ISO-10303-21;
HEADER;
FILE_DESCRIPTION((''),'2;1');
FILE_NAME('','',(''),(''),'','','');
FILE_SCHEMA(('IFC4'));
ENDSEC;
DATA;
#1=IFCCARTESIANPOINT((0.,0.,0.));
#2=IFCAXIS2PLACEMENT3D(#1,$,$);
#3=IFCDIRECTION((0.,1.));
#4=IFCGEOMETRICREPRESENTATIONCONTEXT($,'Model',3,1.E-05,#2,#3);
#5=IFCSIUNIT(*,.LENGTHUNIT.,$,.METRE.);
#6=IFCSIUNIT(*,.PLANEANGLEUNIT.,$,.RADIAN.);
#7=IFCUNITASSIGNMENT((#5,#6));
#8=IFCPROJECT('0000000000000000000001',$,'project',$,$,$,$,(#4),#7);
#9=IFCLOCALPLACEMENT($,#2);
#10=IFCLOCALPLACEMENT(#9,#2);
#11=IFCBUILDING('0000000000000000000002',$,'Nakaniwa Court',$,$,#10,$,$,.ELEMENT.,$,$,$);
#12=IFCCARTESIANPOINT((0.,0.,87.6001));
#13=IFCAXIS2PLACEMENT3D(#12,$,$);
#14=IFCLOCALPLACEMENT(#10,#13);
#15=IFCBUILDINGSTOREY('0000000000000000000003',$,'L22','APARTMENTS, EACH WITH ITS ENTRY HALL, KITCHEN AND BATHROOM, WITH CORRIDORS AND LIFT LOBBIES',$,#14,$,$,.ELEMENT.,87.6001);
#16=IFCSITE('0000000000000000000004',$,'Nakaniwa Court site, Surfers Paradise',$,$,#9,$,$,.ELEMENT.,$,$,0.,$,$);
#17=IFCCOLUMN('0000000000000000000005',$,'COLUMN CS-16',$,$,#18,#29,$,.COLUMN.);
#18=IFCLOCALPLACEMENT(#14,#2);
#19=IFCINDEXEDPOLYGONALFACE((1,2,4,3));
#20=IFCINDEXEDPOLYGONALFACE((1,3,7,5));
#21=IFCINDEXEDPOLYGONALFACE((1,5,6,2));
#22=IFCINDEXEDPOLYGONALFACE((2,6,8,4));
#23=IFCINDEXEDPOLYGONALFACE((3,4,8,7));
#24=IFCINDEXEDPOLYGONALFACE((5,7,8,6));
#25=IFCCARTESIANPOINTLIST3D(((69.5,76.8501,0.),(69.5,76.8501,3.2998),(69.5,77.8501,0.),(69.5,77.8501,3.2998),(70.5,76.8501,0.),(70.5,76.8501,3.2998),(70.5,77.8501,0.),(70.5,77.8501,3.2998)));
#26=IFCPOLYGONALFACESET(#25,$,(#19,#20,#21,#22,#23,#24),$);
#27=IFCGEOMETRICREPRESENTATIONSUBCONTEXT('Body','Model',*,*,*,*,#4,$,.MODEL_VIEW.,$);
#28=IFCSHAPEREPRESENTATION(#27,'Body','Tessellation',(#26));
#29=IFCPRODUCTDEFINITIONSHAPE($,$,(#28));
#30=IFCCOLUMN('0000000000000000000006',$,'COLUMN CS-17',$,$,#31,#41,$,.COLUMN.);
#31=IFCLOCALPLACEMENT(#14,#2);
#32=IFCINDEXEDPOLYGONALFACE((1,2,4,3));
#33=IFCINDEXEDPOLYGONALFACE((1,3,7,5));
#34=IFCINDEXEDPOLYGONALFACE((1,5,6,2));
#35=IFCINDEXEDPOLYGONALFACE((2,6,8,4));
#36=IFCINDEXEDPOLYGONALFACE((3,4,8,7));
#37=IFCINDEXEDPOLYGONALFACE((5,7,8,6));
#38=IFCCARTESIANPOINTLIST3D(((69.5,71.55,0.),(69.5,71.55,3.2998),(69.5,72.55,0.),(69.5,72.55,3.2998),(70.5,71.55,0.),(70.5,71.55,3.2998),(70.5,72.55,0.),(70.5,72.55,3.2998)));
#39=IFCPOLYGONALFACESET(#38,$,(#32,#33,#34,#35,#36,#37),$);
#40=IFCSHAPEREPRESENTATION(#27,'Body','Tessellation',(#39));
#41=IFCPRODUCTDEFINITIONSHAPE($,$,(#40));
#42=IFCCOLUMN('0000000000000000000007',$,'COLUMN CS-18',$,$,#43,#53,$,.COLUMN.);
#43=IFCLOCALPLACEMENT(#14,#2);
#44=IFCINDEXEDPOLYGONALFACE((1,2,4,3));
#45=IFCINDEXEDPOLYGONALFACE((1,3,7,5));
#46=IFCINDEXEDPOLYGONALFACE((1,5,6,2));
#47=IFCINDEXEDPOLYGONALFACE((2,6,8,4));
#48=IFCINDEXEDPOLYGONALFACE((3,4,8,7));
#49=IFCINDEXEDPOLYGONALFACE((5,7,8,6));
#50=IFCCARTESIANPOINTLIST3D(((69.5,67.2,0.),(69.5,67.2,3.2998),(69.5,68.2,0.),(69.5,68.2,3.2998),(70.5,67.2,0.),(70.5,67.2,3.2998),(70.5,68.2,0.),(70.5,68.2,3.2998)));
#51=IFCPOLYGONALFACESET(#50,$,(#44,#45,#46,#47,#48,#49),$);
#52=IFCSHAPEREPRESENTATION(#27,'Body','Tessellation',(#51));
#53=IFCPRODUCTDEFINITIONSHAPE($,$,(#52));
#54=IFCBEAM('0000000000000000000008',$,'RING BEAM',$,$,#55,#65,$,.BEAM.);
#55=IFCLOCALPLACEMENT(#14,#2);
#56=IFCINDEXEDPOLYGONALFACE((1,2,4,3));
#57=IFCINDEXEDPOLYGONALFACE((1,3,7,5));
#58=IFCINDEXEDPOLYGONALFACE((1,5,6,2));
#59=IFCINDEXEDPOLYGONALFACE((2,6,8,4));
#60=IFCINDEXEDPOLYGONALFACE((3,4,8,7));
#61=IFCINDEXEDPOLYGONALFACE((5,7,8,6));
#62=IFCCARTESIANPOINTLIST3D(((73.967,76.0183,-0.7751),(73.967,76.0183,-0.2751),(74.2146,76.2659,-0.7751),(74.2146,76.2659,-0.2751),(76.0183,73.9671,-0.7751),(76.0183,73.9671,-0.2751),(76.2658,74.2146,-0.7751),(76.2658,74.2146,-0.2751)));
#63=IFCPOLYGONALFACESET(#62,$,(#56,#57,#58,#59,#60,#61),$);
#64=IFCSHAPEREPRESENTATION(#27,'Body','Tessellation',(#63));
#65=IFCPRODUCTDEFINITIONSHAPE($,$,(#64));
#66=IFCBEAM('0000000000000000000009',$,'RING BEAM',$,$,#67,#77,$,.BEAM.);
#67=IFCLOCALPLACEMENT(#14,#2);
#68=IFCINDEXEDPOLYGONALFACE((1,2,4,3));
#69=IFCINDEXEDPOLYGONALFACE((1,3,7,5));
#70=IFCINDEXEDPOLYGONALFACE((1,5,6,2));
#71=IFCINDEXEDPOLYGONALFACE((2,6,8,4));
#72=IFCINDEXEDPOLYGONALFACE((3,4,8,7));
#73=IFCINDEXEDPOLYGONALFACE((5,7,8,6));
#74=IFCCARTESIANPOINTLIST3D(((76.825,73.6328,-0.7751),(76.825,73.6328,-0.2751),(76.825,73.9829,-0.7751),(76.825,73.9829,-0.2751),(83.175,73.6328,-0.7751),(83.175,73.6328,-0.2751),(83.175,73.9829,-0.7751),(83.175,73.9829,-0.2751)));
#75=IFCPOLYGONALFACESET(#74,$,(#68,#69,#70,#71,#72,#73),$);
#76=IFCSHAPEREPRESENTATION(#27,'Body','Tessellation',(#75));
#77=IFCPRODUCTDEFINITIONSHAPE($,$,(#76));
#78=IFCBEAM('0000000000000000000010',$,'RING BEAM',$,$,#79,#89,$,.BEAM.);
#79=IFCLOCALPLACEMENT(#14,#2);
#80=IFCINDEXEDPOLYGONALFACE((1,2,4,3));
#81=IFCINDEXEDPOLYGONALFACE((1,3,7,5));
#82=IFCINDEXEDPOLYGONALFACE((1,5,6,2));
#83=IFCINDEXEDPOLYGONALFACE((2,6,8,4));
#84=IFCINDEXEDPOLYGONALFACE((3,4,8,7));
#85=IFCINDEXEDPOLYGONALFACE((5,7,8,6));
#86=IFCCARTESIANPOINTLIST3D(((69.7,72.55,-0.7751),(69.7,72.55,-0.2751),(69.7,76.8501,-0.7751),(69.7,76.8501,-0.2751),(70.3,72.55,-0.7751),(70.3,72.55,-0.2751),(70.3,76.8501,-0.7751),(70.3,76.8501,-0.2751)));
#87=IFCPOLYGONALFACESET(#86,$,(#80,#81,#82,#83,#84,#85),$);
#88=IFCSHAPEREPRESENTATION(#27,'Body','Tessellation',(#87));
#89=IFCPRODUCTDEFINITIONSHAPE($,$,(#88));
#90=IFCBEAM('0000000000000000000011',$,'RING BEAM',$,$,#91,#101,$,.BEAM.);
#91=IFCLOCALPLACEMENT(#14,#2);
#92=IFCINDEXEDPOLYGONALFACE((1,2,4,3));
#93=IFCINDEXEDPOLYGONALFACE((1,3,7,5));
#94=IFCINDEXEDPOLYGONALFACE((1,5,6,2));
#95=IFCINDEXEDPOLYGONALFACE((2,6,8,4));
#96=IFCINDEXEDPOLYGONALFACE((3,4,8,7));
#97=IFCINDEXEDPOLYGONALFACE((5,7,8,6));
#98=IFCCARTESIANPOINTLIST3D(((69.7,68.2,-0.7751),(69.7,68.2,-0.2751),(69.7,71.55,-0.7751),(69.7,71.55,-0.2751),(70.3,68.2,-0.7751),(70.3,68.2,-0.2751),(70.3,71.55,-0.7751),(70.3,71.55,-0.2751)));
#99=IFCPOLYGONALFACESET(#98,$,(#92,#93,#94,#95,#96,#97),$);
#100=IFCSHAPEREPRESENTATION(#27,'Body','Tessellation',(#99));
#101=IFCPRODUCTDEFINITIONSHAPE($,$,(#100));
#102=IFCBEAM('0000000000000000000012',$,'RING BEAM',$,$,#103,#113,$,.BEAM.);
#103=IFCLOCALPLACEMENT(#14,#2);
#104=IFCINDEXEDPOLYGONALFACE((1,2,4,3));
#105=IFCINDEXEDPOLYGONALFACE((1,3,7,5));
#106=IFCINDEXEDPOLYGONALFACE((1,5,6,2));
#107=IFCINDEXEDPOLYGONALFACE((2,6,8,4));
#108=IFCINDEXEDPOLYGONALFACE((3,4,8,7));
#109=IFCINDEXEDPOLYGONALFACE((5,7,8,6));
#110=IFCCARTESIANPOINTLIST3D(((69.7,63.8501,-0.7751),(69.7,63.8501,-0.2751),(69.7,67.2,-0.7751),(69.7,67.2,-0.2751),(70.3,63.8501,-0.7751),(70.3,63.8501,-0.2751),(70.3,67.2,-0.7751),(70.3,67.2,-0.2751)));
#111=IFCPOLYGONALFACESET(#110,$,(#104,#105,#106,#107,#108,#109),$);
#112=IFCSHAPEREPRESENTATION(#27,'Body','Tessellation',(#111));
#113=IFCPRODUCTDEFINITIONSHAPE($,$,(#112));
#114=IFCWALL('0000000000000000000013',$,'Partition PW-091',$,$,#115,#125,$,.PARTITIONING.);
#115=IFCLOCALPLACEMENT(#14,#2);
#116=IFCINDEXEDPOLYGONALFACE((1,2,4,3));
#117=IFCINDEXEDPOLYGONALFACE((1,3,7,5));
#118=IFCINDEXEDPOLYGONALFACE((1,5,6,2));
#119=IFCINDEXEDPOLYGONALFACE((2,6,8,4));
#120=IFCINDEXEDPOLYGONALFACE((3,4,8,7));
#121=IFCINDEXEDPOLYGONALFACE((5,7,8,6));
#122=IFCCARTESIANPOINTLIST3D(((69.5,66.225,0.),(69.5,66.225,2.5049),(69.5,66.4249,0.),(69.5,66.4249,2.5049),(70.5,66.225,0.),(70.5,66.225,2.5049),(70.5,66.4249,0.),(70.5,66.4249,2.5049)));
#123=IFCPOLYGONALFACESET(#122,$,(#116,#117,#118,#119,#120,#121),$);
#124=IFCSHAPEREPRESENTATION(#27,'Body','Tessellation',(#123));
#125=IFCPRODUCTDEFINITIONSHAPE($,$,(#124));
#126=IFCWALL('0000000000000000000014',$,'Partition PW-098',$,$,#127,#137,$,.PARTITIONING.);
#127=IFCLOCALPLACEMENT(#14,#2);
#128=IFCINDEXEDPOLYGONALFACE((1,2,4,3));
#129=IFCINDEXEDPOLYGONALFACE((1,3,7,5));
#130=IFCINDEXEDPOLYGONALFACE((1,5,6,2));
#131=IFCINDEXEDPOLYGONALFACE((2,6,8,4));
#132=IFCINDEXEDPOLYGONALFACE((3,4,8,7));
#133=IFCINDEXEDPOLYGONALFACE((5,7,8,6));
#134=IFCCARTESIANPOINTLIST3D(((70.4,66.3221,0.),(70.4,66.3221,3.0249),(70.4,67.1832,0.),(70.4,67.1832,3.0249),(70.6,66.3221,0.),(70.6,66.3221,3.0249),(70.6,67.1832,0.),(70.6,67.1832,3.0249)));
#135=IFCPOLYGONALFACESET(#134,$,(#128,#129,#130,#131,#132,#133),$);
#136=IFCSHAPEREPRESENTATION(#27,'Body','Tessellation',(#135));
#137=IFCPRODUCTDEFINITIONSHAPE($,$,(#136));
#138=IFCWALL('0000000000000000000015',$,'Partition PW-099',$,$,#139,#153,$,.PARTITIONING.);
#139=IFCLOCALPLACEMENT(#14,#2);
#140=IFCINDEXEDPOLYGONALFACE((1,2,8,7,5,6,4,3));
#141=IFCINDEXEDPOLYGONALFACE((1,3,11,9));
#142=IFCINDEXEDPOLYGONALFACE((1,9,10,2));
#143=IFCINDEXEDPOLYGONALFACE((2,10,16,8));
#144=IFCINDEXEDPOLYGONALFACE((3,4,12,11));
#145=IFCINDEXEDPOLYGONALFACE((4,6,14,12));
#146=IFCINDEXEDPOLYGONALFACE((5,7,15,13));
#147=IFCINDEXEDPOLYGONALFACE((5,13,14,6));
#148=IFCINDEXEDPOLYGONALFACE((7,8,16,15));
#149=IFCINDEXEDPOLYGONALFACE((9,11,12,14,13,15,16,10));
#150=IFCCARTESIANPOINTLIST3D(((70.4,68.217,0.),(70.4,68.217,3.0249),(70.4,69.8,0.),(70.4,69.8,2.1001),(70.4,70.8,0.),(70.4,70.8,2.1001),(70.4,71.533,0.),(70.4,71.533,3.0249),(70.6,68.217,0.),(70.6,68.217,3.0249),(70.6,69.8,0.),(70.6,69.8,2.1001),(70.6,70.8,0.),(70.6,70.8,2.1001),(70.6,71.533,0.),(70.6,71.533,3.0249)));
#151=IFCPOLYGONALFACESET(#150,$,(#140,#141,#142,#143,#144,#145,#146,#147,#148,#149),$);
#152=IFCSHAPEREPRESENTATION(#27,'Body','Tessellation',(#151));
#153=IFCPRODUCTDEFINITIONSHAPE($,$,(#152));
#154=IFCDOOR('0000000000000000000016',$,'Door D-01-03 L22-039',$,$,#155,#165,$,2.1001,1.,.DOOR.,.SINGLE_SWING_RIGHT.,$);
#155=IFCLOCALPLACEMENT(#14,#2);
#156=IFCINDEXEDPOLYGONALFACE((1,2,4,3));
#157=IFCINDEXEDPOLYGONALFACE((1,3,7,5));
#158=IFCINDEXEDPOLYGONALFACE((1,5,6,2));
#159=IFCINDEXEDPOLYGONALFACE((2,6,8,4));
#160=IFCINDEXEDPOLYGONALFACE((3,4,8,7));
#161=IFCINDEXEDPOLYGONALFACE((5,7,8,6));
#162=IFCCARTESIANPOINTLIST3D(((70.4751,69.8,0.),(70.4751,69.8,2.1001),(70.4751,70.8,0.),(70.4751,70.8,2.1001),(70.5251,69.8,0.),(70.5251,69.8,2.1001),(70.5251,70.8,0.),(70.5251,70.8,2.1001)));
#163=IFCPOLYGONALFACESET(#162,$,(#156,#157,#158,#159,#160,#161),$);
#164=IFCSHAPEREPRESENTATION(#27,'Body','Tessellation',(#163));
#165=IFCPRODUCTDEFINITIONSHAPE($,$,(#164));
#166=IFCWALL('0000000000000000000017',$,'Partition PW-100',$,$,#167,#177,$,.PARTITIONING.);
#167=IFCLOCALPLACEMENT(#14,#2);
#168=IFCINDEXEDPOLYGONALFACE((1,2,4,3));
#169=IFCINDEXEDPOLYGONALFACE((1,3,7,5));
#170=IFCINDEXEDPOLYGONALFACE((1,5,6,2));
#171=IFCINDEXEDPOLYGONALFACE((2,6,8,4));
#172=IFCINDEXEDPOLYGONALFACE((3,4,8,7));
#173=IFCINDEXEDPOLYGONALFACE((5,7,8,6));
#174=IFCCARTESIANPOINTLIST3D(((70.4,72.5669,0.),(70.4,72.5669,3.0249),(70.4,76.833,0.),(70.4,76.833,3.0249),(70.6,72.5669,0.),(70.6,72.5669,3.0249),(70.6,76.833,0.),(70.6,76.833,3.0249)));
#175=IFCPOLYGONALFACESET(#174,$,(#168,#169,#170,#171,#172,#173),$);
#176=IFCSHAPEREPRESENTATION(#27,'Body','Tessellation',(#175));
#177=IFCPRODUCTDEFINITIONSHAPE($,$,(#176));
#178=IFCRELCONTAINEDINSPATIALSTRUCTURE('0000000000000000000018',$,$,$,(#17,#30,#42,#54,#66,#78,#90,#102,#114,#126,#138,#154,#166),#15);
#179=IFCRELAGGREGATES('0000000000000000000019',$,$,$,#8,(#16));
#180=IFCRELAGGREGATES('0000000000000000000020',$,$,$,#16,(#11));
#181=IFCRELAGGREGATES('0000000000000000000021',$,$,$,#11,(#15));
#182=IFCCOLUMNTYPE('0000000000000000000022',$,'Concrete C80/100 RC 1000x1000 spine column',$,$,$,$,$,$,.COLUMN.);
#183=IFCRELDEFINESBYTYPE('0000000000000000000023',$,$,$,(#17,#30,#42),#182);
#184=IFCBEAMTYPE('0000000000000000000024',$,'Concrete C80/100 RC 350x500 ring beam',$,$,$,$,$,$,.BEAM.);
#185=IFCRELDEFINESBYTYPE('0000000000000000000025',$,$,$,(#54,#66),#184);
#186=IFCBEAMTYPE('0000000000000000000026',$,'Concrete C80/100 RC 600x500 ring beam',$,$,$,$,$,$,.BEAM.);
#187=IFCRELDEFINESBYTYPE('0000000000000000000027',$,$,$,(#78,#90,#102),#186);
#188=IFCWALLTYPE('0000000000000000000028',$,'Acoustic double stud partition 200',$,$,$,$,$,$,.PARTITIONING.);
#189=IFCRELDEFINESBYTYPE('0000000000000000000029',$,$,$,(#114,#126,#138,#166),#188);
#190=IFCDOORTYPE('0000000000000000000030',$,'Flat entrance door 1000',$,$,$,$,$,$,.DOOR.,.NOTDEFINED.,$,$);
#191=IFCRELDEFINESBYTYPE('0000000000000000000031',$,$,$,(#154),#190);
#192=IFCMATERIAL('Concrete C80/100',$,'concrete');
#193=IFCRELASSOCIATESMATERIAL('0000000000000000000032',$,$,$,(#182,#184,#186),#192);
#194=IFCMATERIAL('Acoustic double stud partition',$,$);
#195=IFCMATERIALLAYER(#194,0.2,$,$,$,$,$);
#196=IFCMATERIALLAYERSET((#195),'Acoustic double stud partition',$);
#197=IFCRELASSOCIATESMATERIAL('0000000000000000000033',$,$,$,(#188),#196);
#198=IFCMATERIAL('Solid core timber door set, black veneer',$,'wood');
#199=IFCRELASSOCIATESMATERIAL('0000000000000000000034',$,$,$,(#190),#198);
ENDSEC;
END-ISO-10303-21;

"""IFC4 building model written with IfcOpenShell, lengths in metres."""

from ifc_helpers import new_model, si_unit, direction, frame, frame_2d, origin, origin_2d, place, context, subcontext, project, spatial, rectangle, extrude, material, layer, layer_set, material_profile, profile_set, type_object, element, fill, save


model = new_model("IFC4")

# Units and contexts
model_context = context("Model", 3, precision=1e-05, world=origin(), true_north=direction((0.0, 1.0)))
body_context = subcontext(model_context, "Body", "Model", "MODEL_VIEW")
ifc_project = project(units=[si_unit("LENGTHUNIT", "METRE"), si_unit("PLANEANGLEUNIT", "RADIAN")], contexts=[model_context])

# Site, building, storey
site_placement = place(None, origin())
site = spatial("IfcSite", under=ifc_project, at=site_placement, Name="Nakaniwa Court site, Surfers Paradise", CompositionType="ELEMENT", RefElevation=0.0)
building_placement = place(site_placement, origin())
building = spatial("IfcBuilding", under=site, at=building_placement, Name="Nakaniwa Court", CompositionType="ELEMENT")
storey_placement = place(building_placement, frame((0.0, 0.0, 87.6001)))
storey = spatial("IfcBuildingStorey", under=building, at=storey_placement, Name="L22", Description="APARTMENTS, EACH WITH ITS ENTRY HALL, KITCHEN AND BATHROOM, WITH CORRIDORS AND LIFT LOBBIES", CompositionType="ELEMENT", Elevation=87.6001)

# Columns
ifc_material_1 = material(Name="Concrete C80/100", Category="concrete")
ifc_material_profile_1 = material_profile(ifc_material_1, rectangle(XDim=1.0, YDim=1.0, at=origin_2d()), Name="Concrete C80/100 RC 1000x1000 spine column")
ifc_profile_set_1 = profile_set([ifc_material_profile_1], Name="Concrete C80/100")
column_type_1 = type_object("IfcColumnType", Name="Concrete C80/100 RC 1000x1000 spine column", PredefinedType="COLUMN", material=ifc_profile_set_1)
for number, where, z_axis, x_axis, name in (
    (1, (70.0, 77.3501, 0.0), (0.0, 0.0, 1.0), (0.0, -1.0, 0.0), "COLUMN CS-16"),
    (2, (70.0, 72.05, 0.0), (0.0, 0.0, 1.0), (0.0, -1.0, 0.0), "COLUMN CS-17"),
    (3, (70.0, 67.7, 0.0), (0.0, 0.0, 1.0), (0.0, -1.0, 0.0), "COLUMN CS-18"),
):
    element("IfcColumn", number, at=place(storey_placement, frame(where, z_axis=z_axis, x_axis=x_axis)), inside=storey, type_object=column_type_1, Name=name, PredefinedType="COLUMN", context=body_context, shape_type="SweptSolid", body=[
        extrude(rectangle(XDim=1.0, YDim=1.0, at=origin_2d()), origin(), (0.0, 0.0, 1.0), 3.2998),
    ])

# Beams
ifc_material_profile_2 = material_profile(ifc_material_1, rectangle(XDim=0.3501, YDim=0.5, at=origin_2d()), Name="Concrete C80/100 RC 350x500 ring beam")
ifc_profile_set_2 = profile_set([ifc_material_profile_2], Name="Concrete C80/100")
beam_type_1 = type_object("IfcBeamType", Name="Concrete C80/100 RC 350x500 ring beam", PredefinedType="BEAM", material=ifc_profile_set_2)
beam_1_placement = place(storey_placement, frame((74.0908, 76.1421, -0.5251), z_axis=(0.707107, -0.707107, 0.0), x_axis=(0.707107, 0.707107, 0.0)))
element("IfcBeam", 4, at=beam_1_placement, inside=storey, type_object=beam_type_1, Name="RING BEAM", PredefinedType="BEAM", context=body_context, shape_type="SweptSolid", body=[
    extrude(rectangle(XDim=0.3501, YDim=0.5, at=origin_2d()), origin(), (0.0, 0.0, 1.0), 2.9009),
])
beam_2_placement = place(storey_placement, frame((76.825, 73.8079, -0.5251), z_axis=(1.0, 0.0, 0.0), x_axis=(0.0, 1.0, 0.0)))
element("IfcBeam", 5, at=beam_2_placement, inside=storey, type_object=beam_type_1, Name="RING BEAM", PredefinedType="BEAM", context=body_context, shape_type="SweptSolid", body=[
    extrude(rectangle(XDim=0.3501, YDim=0.5, at=origin_2d()), origin(), (0.0, 0.0, 1.0), 6.3501),
])
ifc_material_profile_3 = material_profile(ifc_material_1, rectangle(XDim=0.6001, YDim=0.5, at=origin_2d()), Name="Concrete C80/100 RC 600x500 ring beam")
ifc_profile_set_3 = profile_set([ifc_material_profile_3], Name="Concrete C80/100")
beam_type_2 = type_object("IfcBeamType", Name="Concrete C80/100 RC 600x500 ring beam", PredefinedType="BEAM", material=ifc_profile_set_3)
beam_3_placement = place(storey_placement, frame((70.0, 76.8501, -0.5251), z_axis=(0.0, -1.0, 0.0), x_axis=(1.0, 0.0, 0.0)))
element("IfcBeam", 6, at=beam_3_placement, inside=storey, type_object=beam_type_2, Name="RING BEAM", PredefinedType="BEAM", context=body_context, shape_type="SweptSolid", body=[
    extrude(rectangle(XDim=0.6001, YDim=0.5, at=origin_2d()), origin(), (0.0, 0.0, 1.0), 4.3),
])
beam_4_placement = place(storey_placement, frame((70.0, 71.55, -0.5251), z_axis=(0.0, -1.0, 0.0), x_axis=(1.0, 0.0, 0.0)))
element("IfcBeam", 7, at=beam_4_placement, inside=storey, type_object=beam_type_2, Name="RING BEAM", PredefinedType="BEAM", context=body_context, shape_type="SweptSolid", body=[
    extrude(rectangle(XDim=0.6001, YDim=0.5, at=origin_2d()), origin(), (0.0, 0.0, 1.0), 3.3501),
])
beam_5_placement = place(storey_placement, frame((70.0, 67.2, -0.5251), z_axis=(0.0, -1.0, 0.0), x_axis=(1.0, 0.0, 0.0)))
element("IfcBeam", 8, at=beam_5_placement, inside=storey, type_object=beam_type_2, Name="RING BEAM", PredefinedType="BEAM", context=body_context, shape_type="SweptSolid", body=[
    extrude(rectangle(XDim=0.6001, YDim=0.5, at=origin_2d()), origin(), (0.0, 0.0, 1.0), 3.3499),
])

# Walls
ifc_material_2 = material(Name="Acoustic double stud partition")
ifc_layer_1 = layer(ifc_material_2, 0.2)
ifc_layer_set_1 = layer_set([ifc_layer_1], Name="Acoustic double stud partition")
wall_type_1 = type_object("IfcWallType", Name="Acoustic double stud partition 200", PredefinedType="PARTITIONING", material=ifc_layer_set_1)
wall_1_placement = place(storey_placement, frame((69.5, 66.325, 0.0), z_axis=(0.0, 0.0, 1.0), x_axis=(1.0, 0.0, 0.0)))
element("IfcWall", 9, at=wall_1_placement, inside=storey, type_object=wall_type_1, Name="Partition PW-091", PredefinedType="PARTITIONING", context=body_context, shape_type="SweptSolid", body=[
    extrude(rectangle(XDim=1.0, YDim=0.2, at=frame_2d((0.5, 0.0))), origin(), (0.0, 0.0, 1.0), 2.5049),
])
wall_2_placement = place(storey_placement, frame((70.5, 66.322, 0.0), z_axis=(0.0, 0.0, 1.0), x_axis=(0.0, 1.0, 0.0)))
element("IfcWall", 10, at=wall_2_placement, inside=storey, type_object=wall_type_1, Name="Partition PW-098", PredefinedType="PARTITIONING", context=body_context, shape_type="SweptSolid", body=[
    extrude(rectangle(XDim=0.8611, YDim=0.2, at=frame_2d((0.4307, 0.0))), origin(), (0.0, 0.0, 1.0), 3.0249),
])

# Wall, opening, door
wall_3_placement = place(storey_placement, frame((70.5, 68.217, 0.0), z_axis=(0.0, 0.0, 1.0), x_axis=(0.0, 1.0, 0.0)))
wall_3 = element("IfcWall", 11, at=wall_3_placement, inside=storey, type_object=wall_type_1, Name="Partition PW-099", PredefinedType="PARTITIONING", context=body_context, shape_type="SweptSolid", body=[
    extrude(rectangle(XDim=3.3159, YDim=0.2, at=frame_2d((1.658, 0.0))), origin(), (0.0, 0.0, 1.0), 3.0249),
])
opening_1_placement = place(wall_3_placement, frame((1.583, 0.0, 0.0)))
opening_1 = element("IfcOpeningElement", 12, at=opening_1_placement, cuts=wall_3, PredefinedType="OPENING", context=body_context, shape_type="SweptSolid", body=[
    extrude(rectangle(XDim=1.0, YDim=2.1001, at=frame_2d((0.5, 1.05))), frame((0.0, 0.1099, 0.0), z_axis=(0.0, -1.0, 0.0), x_axis=(1.0, 0.0, 0.0)), (0.0, 0.0, 1.0), 0.22),
])
ifc_material_3 = material(Name="Solid core timber door set, black veneer", Category="wood")
door_type_1 = type_object("IfcDoorType", Name="Flat entrance door 1000", OperationType="NOTDEFINED", PredefinedType="DOOR", material=ifc_material_3)
door_1_placement = place(opening_1_placement, origin())
door_1 = element("IfcDoor", 13, at=door_1_placement, inside=storey, type_object=door_type_1, Name="Door D-01-03 L22-039", OperationType="SINGLE_SWING_RIGHT", OverallHeight=2.1001, OverallWidth=1.0, PredefinedType="DOOR", context=body_context, shape_type="SweptSolid", body=[
    extrude(rectangle(XDim=1.0, YDim=2.1001, at=frame_2d((0.5, 1.05))), frame((0.0, 0.0249, 0.0), z_axis=(0.0, -1.0, 0.0), x_axis=(1.0, 0.0, 0.0)), (0.0, 0.0, 1.0), 0.05),
])
fill(opening_1, door_1)

# Wall
wall_4_placement = place(storey_placement, frame((70.5, 72.5669, 0.0), z_axis=(0.0, 0.0, 1.0), x_axis=(0.0, 1.0, 0.0)))
element("IfcWall", 14, at=wall_4_placement, inside=storey, type_object=wall_type_1, Name="Partition PW-100", PredefinedType="PARTITIONING", context=body_context, shape_type="SweptSolid", body=[
    extrude(rectangle(XDim=4.2661, YDim=0.2, at=frame_2d((2.1331, 0.0))), origin(), (0.0, 0.0, 1.0), 3.0249),
])

save(model, "model.ifc")
